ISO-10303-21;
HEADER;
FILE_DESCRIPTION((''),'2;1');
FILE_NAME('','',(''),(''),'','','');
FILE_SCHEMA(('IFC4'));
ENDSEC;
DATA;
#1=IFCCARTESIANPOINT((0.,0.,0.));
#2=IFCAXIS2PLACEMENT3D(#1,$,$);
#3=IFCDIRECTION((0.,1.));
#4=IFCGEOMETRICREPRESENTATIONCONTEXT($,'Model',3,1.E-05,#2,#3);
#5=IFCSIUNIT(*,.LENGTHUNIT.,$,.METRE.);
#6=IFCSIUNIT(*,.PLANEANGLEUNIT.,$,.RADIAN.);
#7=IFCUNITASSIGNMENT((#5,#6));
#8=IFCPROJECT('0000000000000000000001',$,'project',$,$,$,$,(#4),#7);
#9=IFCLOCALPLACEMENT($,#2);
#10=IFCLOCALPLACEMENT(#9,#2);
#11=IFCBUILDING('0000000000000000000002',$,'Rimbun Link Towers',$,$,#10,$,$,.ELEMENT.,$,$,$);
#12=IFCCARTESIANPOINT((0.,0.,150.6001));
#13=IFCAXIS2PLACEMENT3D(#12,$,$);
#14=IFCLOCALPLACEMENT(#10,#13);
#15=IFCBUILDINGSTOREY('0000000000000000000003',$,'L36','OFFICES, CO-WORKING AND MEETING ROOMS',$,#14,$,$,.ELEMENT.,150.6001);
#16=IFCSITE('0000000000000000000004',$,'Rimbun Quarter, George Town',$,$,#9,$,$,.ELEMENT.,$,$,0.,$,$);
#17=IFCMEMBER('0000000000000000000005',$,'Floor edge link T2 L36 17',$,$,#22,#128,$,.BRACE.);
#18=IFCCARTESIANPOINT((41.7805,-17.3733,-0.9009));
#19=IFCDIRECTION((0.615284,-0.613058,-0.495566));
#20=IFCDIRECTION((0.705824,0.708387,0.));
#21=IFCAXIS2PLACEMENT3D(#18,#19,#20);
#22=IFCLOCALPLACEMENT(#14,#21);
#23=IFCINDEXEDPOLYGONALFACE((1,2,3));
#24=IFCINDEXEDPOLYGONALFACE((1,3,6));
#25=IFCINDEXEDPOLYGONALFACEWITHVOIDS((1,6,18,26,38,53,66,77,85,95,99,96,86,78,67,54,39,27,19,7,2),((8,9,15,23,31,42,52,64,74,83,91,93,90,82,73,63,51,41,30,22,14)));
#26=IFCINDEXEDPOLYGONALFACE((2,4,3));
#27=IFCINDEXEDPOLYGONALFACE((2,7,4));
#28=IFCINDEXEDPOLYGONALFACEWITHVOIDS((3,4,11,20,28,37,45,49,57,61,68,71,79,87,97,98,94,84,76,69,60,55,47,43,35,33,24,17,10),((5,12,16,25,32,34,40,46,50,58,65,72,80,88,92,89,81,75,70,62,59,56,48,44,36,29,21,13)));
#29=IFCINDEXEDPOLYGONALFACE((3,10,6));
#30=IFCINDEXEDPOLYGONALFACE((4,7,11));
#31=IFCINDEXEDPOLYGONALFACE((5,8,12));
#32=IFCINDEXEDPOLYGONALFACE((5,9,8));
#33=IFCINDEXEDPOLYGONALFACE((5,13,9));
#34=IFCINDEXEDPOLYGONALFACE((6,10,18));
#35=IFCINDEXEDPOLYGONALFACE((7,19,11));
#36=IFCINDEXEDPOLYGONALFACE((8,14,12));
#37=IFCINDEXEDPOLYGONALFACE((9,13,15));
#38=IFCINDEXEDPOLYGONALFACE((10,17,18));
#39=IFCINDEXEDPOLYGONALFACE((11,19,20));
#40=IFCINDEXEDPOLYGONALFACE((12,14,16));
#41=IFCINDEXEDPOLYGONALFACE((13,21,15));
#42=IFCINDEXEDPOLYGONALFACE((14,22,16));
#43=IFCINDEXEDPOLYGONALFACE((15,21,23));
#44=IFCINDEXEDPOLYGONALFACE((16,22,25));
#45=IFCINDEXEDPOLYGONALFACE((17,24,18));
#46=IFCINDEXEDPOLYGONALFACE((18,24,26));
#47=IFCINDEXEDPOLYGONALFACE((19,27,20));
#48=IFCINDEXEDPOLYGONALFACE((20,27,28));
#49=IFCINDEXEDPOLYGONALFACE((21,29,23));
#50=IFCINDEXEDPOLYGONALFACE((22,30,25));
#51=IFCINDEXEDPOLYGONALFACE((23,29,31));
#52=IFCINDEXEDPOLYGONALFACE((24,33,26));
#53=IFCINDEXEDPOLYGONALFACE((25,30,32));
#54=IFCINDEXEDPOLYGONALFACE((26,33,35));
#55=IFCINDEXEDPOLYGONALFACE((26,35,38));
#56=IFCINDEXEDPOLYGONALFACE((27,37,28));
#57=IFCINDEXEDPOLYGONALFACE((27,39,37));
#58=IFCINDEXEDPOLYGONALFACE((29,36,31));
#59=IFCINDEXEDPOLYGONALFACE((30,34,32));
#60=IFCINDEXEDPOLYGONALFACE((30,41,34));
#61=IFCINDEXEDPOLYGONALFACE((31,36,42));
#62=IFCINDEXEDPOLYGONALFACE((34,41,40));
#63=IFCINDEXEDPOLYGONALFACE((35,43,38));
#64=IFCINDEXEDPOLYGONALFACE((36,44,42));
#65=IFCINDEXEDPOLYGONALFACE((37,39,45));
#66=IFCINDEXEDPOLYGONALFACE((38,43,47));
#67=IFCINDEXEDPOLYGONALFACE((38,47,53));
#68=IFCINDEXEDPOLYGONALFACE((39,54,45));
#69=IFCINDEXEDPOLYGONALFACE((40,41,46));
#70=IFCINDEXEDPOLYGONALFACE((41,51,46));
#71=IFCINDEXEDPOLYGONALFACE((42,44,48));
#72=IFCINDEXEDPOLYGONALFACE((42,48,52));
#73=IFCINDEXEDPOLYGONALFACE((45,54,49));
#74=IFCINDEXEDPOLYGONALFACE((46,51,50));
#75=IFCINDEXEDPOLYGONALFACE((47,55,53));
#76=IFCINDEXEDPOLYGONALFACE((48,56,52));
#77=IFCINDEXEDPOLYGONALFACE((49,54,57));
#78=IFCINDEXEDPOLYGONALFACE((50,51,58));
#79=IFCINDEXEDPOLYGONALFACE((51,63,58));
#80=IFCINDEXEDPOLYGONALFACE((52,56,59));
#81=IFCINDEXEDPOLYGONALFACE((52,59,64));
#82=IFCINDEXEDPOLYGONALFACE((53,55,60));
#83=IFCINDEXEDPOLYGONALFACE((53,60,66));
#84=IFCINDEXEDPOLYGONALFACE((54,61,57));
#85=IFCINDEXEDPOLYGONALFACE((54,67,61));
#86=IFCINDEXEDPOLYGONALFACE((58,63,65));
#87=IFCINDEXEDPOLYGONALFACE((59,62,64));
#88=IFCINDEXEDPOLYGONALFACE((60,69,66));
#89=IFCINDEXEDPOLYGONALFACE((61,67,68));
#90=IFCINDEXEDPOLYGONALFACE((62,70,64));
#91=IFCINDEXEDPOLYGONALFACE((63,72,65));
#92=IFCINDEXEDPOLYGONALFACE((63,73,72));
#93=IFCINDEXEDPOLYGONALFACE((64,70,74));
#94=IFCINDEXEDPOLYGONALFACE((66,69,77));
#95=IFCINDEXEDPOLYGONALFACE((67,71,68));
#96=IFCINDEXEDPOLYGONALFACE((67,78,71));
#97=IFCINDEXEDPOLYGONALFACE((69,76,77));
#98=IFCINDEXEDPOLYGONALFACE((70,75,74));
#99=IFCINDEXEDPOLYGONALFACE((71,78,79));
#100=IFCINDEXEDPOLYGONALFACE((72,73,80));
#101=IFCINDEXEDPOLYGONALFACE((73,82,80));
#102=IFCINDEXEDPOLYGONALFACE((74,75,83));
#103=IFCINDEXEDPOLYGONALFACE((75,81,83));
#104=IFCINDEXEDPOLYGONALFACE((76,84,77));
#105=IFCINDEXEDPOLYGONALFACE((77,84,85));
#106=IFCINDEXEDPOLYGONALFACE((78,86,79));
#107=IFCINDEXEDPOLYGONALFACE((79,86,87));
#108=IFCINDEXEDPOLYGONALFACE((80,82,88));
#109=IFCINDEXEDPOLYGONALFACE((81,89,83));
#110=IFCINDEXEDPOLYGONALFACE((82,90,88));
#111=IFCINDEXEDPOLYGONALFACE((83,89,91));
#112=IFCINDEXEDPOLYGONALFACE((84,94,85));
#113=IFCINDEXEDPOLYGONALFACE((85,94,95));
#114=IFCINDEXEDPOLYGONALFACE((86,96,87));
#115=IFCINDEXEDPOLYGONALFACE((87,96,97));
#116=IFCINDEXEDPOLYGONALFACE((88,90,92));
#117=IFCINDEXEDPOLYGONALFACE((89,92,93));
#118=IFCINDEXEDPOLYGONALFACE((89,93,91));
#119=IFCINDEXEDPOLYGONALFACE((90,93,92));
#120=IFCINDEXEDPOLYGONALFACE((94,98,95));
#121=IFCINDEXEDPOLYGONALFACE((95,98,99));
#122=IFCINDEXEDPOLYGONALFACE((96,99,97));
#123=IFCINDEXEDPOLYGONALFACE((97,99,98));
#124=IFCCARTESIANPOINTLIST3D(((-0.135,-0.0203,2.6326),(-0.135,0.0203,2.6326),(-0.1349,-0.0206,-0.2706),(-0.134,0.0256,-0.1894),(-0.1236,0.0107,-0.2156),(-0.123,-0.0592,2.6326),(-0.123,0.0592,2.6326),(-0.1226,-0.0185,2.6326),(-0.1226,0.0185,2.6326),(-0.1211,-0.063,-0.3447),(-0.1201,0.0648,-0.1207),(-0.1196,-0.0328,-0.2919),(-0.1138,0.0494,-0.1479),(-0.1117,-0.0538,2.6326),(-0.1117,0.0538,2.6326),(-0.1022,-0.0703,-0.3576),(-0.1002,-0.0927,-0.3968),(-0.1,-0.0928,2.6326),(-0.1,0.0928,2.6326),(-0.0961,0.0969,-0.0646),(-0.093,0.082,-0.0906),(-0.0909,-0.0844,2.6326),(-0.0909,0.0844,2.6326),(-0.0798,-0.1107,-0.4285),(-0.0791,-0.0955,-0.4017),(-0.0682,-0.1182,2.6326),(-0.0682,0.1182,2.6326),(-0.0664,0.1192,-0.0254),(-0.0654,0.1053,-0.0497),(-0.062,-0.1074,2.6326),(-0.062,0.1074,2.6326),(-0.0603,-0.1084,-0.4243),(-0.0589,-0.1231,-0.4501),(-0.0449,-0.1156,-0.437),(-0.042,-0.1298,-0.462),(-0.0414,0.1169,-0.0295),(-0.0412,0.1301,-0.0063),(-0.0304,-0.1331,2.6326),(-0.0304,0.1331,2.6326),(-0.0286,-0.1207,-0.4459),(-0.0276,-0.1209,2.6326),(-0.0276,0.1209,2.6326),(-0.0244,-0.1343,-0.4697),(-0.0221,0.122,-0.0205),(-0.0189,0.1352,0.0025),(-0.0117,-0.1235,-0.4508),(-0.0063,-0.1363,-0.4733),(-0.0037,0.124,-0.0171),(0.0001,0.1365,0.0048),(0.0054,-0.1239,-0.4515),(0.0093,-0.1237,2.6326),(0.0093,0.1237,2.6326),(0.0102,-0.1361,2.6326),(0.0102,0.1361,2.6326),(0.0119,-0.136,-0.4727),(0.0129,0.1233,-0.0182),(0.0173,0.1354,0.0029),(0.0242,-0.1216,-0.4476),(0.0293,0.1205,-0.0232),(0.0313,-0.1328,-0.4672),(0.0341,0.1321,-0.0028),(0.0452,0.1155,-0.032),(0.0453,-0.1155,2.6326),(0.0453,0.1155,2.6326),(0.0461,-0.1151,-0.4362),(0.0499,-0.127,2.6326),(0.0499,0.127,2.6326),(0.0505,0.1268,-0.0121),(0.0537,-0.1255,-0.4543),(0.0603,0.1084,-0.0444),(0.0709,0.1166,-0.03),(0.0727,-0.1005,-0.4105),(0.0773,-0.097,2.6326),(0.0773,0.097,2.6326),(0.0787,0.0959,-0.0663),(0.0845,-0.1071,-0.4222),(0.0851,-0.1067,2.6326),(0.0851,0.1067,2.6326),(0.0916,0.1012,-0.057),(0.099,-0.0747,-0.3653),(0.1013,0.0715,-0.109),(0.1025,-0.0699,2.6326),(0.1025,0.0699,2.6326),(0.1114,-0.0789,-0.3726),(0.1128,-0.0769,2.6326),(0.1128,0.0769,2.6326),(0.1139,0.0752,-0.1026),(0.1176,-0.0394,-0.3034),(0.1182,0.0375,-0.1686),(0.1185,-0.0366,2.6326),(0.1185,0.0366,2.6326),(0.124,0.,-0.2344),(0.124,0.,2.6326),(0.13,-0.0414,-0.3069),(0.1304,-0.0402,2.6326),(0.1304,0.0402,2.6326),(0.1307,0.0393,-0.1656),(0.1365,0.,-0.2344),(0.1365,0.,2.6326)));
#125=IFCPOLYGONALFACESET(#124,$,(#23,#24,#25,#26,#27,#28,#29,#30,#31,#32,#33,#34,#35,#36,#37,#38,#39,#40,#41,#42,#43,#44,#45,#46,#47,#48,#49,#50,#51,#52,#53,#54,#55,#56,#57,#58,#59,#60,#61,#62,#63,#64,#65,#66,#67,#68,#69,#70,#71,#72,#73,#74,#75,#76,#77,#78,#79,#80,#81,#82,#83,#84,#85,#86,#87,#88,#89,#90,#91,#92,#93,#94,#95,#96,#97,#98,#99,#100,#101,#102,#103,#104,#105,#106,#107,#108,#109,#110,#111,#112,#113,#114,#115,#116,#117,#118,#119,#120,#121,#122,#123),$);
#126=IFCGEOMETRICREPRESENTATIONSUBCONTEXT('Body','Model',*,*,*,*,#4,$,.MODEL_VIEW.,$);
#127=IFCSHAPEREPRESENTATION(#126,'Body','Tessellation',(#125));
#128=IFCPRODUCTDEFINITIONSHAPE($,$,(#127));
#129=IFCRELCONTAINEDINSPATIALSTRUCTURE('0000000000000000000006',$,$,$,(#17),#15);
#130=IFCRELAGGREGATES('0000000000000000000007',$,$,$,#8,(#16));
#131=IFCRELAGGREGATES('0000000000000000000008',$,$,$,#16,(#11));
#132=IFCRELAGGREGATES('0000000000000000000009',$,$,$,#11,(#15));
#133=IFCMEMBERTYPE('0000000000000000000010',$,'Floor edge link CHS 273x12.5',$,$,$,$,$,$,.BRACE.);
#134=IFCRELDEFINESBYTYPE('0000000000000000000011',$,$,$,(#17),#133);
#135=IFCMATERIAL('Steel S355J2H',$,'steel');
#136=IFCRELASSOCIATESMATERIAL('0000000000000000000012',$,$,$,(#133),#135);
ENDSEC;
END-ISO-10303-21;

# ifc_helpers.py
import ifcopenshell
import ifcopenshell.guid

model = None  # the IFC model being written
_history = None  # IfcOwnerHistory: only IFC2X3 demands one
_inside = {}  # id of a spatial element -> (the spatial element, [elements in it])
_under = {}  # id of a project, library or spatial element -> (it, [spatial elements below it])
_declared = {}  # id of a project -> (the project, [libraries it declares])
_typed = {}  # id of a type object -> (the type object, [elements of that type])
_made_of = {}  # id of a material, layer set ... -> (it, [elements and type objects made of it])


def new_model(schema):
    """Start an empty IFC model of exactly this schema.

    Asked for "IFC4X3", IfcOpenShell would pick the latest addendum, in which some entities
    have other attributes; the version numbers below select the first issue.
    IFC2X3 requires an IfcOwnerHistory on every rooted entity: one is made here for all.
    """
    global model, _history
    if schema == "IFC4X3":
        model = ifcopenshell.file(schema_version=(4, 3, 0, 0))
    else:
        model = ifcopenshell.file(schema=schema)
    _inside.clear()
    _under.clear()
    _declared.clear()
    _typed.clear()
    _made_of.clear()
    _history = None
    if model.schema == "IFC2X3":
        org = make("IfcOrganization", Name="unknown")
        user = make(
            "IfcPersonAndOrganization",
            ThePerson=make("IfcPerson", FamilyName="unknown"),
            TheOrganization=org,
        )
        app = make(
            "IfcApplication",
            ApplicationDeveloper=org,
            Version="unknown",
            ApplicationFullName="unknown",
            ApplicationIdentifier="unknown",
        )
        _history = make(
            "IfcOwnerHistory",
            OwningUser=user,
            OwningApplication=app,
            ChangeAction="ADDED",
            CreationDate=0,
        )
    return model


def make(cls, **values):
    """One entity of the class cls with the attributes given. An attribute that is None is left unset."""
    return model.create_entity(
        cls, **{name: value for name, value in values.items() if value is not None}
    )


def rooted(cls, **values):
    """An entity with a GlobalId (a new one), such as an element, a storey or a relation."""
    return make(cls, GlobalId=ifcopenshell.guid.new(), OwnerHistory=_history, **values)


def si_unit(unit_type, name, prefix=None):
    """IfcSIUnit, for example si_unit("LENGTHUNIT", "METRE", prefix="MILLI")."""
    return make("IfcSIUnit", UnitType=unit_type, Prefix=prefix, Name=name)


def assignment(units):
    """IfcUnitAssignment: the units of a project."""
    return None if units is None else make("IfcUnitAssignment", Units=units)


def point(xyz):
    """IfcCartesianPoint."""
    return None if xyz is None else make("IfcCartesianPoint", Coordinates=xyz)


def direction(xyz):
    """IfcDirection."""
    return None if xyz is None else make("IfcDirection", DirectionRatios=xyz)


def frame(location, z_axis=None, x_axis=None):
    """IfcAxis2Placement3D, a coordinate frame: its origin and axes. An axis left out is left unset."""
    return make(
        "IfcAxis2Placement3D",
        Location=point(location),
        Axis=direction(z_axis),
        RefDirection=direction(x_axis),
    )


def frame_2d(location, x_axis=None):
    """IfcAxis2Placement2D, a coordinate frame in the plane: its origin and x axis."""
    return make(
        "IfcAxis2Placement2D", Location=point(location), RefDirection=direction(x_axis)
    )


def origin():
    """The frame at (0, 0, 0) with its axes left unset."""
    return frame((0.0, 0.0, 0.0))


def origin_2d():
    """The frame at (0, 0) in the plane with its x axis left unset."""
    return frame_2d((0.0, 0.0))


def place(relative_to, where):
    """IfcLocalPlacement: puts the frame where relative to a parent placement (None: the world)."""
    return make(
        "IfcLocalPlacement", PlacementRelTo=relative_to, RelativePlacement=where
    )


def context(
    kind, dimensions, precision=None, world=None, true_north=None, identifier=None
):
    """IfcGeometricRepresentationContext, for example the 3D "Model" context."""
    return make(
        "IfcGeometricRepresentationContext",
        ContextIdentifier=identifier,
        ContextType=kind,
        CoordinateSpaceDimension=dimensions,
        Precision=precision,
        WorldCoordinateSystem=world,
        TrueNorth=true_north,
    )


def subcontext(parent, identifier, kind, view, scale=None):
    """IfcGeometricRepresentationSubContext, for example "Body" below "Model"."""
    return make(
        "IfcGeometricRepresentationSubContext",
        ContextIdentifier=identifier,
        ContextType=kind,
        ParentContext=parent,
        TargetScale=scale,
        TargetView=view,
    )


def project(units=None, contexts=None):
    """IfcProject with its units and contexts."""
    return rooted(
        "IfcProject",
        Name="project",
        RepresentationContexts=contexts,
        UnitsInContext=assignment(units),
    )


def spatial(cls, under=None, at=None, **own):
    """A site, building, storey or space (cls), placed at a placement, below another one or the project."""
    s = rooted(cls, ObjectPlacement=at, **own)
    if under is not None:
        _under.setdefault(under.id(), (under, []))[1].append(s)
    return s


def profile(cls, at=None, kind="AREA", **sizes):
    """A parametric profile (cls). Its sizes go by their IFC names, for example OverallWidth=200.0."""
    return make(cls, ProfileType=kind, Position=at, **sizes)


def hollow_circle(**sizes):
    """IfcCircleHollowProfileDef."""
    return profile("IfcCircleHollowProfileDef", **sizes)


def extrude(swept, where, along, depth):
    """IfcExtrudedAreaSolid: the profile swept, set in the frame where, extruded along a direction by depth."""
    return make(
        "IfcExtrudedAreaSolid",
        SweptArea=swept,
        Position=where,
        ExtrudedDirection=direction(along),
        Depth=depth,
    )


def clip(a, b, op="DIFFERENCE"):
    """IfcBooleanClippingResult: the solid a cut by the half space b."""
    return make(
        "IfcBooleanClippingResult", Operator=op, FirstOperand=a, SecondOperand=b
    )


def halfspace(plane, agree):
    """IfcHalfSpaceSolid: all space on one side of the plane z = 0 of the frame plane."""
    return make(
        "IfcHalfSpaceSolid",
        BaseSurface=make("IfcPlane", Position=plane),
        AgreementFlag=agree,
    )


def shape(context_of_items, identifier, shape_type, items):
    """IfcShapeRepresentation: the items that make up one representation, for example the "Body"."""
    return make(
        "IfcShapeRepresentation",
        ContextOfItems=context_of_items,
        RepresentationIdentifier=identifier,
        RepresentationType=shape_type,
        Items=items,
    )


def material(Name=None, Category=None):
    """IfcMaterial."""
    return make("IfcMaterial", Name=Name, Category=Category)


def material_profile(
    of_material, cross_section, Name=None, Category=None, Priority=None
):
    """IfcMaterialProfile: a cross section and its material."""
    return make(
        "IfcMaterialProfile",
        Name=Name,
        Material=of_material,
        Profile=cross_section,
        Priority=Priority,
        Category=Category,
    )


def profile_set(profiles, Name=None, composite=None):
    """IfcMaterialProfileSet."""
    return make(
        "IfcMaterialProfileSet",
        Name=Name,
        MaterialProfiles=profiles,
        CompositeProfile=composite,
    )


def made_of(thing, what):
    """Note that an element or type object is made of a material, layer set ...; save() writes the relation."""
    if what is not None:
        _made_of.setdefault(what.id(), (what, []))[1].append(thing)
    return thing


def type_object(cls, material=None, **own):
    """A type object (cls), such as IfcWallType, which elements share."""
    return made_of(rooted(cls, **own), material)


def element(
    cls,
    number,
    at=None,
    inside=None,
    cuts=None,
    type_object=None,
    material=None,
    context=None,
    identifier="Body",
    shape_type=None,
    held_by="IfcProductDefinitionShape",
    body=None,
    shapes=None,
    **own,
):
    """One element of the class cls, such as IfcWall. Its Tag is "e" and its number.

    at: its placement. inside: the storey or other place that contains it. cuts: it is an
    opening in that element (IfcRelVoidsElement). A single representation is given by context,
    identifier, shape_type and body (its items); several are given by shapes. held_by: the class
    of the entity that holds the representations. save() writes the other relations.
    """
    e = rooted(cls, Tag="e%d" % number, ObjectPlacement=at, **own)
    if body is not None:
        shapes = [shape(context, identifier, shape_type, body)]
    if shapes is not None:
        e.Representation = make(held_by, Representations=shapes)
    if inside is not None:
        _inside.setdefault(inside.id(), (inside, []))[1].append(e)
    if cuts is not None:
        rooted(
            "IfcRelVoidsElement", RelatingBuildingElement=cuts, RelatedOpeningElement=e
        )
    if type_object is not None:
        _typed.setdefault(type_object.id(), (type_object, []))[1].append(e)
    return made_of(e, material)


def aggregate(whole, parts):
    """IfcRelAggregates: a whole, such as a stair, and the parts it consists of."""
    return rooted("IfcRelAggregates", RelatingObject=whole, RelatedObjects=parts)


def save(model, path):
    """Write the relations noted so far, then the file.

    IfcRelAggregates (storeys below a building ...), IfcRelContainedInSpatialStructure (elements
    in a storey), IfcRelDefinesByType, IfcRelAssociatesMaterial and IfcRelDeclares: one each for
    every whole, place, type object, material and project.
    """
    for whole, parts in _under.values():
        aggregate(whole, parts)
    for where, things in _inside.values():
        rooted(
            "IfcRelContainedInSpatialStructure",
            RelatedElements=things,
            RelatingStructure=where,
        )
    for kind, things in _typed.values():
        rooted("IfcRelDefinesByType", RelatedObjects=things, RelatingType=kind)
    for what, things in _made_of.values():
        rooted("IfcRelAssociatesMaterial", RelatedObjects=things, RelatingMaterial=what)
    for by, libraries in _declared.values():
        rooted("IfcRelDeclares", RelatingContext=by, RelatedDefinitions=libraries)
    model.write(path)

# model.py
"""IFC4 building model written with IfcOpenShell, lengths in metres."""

from ifc_helpers import new_model, si_unit, direction, frame, origin, origin_2d, place, context, subcontext, project, spatial, hollow_circle, extrude, clip, halfspace, material, material_profile, profile_set, type_object, element, save


model = new_model("IFC4")

# Units and contexts
model_context = context("Model", 3, precision=1e-05, world=origin(), true_north=direction((0.0, 1.0)))
body_context = subcontext(model_context, "Body", "Model", "MODEL_VIEW")
ifc_project = project(units=[si_unit("LENGTHUNIT", "METRE"), si_unit("PLANEANGLEUNIT", "RADIAN")], contexts=[model_context])

# Site, building, storey
site_placement = place(None, origin())
site = spatial("IfcSite", under=ifc_project, at=site_placement, Name="Rimbun Quarter, George Town", CompositionType="ELEMENT", RefElevation=0.0)
building_placement = place(site_placement, origin())
building = spatial("IfcBuilding", under=site, at=building_placement, Name="Rimbun Link Towers", CompositionType="ELEMENT")
storey_placement = place(building_placement, frame((0.0, 0.0, 150.6001)))
storey = spatial("IfcBuildingStorey", under=building, at=storey_placement, Name="L36", Description="OFFICES, CO-WORKING AND MEETING ROOMS", CompositionType="ELEMENT", Elevation=150.6001)

# Member
ifc_material_1 = material(Name="Steel S355J2H", Category="steel")
ifc_material_profile_1 = material_profile(ifc_material_1, hollow_circle(Radius=0.1365, WallThickness=0.0125, at=origin_2d()), Name="CHS 273x12.5")
ifc_profile_set_1 = profile_set([ifc_material_profile_1], Name="Steel S355J2H")
member_type_1 = type_object("IfcMemberType", Name="Floor edge link CHS 273x12.5", PredefinedType="BRACE", material=ifc_profile_set_1)
member_1_placement = place(storey_placement, frame((41.7805, -17.3733, -0.9009), z_axis=(0.615284, -0.613058, -0.495566), x_axis=(0.705824, 0.708387, 0.0)))
element("IfcMember", 1, at=member_1_placement, inside=storey, type_object=member_type_1, Name="Floor edge link T2 L36 17", PredefinedType="BRACE", context=body_context, shape_type="Clipping", body=[
    clip(extrude(hollow_circle(Radius=0.1365, WallThickness=0.0125, at=origin_2d()), frame((0.0, 0.0, -0.4988)), (0.0, 0.0, 1.0), 3.1313), halfspace(frame((0.0, 0.0, -0.2344), z_axis=(0.0, 0.868571, -0.495566)), False)),
])

save(model, "model.ifc")
